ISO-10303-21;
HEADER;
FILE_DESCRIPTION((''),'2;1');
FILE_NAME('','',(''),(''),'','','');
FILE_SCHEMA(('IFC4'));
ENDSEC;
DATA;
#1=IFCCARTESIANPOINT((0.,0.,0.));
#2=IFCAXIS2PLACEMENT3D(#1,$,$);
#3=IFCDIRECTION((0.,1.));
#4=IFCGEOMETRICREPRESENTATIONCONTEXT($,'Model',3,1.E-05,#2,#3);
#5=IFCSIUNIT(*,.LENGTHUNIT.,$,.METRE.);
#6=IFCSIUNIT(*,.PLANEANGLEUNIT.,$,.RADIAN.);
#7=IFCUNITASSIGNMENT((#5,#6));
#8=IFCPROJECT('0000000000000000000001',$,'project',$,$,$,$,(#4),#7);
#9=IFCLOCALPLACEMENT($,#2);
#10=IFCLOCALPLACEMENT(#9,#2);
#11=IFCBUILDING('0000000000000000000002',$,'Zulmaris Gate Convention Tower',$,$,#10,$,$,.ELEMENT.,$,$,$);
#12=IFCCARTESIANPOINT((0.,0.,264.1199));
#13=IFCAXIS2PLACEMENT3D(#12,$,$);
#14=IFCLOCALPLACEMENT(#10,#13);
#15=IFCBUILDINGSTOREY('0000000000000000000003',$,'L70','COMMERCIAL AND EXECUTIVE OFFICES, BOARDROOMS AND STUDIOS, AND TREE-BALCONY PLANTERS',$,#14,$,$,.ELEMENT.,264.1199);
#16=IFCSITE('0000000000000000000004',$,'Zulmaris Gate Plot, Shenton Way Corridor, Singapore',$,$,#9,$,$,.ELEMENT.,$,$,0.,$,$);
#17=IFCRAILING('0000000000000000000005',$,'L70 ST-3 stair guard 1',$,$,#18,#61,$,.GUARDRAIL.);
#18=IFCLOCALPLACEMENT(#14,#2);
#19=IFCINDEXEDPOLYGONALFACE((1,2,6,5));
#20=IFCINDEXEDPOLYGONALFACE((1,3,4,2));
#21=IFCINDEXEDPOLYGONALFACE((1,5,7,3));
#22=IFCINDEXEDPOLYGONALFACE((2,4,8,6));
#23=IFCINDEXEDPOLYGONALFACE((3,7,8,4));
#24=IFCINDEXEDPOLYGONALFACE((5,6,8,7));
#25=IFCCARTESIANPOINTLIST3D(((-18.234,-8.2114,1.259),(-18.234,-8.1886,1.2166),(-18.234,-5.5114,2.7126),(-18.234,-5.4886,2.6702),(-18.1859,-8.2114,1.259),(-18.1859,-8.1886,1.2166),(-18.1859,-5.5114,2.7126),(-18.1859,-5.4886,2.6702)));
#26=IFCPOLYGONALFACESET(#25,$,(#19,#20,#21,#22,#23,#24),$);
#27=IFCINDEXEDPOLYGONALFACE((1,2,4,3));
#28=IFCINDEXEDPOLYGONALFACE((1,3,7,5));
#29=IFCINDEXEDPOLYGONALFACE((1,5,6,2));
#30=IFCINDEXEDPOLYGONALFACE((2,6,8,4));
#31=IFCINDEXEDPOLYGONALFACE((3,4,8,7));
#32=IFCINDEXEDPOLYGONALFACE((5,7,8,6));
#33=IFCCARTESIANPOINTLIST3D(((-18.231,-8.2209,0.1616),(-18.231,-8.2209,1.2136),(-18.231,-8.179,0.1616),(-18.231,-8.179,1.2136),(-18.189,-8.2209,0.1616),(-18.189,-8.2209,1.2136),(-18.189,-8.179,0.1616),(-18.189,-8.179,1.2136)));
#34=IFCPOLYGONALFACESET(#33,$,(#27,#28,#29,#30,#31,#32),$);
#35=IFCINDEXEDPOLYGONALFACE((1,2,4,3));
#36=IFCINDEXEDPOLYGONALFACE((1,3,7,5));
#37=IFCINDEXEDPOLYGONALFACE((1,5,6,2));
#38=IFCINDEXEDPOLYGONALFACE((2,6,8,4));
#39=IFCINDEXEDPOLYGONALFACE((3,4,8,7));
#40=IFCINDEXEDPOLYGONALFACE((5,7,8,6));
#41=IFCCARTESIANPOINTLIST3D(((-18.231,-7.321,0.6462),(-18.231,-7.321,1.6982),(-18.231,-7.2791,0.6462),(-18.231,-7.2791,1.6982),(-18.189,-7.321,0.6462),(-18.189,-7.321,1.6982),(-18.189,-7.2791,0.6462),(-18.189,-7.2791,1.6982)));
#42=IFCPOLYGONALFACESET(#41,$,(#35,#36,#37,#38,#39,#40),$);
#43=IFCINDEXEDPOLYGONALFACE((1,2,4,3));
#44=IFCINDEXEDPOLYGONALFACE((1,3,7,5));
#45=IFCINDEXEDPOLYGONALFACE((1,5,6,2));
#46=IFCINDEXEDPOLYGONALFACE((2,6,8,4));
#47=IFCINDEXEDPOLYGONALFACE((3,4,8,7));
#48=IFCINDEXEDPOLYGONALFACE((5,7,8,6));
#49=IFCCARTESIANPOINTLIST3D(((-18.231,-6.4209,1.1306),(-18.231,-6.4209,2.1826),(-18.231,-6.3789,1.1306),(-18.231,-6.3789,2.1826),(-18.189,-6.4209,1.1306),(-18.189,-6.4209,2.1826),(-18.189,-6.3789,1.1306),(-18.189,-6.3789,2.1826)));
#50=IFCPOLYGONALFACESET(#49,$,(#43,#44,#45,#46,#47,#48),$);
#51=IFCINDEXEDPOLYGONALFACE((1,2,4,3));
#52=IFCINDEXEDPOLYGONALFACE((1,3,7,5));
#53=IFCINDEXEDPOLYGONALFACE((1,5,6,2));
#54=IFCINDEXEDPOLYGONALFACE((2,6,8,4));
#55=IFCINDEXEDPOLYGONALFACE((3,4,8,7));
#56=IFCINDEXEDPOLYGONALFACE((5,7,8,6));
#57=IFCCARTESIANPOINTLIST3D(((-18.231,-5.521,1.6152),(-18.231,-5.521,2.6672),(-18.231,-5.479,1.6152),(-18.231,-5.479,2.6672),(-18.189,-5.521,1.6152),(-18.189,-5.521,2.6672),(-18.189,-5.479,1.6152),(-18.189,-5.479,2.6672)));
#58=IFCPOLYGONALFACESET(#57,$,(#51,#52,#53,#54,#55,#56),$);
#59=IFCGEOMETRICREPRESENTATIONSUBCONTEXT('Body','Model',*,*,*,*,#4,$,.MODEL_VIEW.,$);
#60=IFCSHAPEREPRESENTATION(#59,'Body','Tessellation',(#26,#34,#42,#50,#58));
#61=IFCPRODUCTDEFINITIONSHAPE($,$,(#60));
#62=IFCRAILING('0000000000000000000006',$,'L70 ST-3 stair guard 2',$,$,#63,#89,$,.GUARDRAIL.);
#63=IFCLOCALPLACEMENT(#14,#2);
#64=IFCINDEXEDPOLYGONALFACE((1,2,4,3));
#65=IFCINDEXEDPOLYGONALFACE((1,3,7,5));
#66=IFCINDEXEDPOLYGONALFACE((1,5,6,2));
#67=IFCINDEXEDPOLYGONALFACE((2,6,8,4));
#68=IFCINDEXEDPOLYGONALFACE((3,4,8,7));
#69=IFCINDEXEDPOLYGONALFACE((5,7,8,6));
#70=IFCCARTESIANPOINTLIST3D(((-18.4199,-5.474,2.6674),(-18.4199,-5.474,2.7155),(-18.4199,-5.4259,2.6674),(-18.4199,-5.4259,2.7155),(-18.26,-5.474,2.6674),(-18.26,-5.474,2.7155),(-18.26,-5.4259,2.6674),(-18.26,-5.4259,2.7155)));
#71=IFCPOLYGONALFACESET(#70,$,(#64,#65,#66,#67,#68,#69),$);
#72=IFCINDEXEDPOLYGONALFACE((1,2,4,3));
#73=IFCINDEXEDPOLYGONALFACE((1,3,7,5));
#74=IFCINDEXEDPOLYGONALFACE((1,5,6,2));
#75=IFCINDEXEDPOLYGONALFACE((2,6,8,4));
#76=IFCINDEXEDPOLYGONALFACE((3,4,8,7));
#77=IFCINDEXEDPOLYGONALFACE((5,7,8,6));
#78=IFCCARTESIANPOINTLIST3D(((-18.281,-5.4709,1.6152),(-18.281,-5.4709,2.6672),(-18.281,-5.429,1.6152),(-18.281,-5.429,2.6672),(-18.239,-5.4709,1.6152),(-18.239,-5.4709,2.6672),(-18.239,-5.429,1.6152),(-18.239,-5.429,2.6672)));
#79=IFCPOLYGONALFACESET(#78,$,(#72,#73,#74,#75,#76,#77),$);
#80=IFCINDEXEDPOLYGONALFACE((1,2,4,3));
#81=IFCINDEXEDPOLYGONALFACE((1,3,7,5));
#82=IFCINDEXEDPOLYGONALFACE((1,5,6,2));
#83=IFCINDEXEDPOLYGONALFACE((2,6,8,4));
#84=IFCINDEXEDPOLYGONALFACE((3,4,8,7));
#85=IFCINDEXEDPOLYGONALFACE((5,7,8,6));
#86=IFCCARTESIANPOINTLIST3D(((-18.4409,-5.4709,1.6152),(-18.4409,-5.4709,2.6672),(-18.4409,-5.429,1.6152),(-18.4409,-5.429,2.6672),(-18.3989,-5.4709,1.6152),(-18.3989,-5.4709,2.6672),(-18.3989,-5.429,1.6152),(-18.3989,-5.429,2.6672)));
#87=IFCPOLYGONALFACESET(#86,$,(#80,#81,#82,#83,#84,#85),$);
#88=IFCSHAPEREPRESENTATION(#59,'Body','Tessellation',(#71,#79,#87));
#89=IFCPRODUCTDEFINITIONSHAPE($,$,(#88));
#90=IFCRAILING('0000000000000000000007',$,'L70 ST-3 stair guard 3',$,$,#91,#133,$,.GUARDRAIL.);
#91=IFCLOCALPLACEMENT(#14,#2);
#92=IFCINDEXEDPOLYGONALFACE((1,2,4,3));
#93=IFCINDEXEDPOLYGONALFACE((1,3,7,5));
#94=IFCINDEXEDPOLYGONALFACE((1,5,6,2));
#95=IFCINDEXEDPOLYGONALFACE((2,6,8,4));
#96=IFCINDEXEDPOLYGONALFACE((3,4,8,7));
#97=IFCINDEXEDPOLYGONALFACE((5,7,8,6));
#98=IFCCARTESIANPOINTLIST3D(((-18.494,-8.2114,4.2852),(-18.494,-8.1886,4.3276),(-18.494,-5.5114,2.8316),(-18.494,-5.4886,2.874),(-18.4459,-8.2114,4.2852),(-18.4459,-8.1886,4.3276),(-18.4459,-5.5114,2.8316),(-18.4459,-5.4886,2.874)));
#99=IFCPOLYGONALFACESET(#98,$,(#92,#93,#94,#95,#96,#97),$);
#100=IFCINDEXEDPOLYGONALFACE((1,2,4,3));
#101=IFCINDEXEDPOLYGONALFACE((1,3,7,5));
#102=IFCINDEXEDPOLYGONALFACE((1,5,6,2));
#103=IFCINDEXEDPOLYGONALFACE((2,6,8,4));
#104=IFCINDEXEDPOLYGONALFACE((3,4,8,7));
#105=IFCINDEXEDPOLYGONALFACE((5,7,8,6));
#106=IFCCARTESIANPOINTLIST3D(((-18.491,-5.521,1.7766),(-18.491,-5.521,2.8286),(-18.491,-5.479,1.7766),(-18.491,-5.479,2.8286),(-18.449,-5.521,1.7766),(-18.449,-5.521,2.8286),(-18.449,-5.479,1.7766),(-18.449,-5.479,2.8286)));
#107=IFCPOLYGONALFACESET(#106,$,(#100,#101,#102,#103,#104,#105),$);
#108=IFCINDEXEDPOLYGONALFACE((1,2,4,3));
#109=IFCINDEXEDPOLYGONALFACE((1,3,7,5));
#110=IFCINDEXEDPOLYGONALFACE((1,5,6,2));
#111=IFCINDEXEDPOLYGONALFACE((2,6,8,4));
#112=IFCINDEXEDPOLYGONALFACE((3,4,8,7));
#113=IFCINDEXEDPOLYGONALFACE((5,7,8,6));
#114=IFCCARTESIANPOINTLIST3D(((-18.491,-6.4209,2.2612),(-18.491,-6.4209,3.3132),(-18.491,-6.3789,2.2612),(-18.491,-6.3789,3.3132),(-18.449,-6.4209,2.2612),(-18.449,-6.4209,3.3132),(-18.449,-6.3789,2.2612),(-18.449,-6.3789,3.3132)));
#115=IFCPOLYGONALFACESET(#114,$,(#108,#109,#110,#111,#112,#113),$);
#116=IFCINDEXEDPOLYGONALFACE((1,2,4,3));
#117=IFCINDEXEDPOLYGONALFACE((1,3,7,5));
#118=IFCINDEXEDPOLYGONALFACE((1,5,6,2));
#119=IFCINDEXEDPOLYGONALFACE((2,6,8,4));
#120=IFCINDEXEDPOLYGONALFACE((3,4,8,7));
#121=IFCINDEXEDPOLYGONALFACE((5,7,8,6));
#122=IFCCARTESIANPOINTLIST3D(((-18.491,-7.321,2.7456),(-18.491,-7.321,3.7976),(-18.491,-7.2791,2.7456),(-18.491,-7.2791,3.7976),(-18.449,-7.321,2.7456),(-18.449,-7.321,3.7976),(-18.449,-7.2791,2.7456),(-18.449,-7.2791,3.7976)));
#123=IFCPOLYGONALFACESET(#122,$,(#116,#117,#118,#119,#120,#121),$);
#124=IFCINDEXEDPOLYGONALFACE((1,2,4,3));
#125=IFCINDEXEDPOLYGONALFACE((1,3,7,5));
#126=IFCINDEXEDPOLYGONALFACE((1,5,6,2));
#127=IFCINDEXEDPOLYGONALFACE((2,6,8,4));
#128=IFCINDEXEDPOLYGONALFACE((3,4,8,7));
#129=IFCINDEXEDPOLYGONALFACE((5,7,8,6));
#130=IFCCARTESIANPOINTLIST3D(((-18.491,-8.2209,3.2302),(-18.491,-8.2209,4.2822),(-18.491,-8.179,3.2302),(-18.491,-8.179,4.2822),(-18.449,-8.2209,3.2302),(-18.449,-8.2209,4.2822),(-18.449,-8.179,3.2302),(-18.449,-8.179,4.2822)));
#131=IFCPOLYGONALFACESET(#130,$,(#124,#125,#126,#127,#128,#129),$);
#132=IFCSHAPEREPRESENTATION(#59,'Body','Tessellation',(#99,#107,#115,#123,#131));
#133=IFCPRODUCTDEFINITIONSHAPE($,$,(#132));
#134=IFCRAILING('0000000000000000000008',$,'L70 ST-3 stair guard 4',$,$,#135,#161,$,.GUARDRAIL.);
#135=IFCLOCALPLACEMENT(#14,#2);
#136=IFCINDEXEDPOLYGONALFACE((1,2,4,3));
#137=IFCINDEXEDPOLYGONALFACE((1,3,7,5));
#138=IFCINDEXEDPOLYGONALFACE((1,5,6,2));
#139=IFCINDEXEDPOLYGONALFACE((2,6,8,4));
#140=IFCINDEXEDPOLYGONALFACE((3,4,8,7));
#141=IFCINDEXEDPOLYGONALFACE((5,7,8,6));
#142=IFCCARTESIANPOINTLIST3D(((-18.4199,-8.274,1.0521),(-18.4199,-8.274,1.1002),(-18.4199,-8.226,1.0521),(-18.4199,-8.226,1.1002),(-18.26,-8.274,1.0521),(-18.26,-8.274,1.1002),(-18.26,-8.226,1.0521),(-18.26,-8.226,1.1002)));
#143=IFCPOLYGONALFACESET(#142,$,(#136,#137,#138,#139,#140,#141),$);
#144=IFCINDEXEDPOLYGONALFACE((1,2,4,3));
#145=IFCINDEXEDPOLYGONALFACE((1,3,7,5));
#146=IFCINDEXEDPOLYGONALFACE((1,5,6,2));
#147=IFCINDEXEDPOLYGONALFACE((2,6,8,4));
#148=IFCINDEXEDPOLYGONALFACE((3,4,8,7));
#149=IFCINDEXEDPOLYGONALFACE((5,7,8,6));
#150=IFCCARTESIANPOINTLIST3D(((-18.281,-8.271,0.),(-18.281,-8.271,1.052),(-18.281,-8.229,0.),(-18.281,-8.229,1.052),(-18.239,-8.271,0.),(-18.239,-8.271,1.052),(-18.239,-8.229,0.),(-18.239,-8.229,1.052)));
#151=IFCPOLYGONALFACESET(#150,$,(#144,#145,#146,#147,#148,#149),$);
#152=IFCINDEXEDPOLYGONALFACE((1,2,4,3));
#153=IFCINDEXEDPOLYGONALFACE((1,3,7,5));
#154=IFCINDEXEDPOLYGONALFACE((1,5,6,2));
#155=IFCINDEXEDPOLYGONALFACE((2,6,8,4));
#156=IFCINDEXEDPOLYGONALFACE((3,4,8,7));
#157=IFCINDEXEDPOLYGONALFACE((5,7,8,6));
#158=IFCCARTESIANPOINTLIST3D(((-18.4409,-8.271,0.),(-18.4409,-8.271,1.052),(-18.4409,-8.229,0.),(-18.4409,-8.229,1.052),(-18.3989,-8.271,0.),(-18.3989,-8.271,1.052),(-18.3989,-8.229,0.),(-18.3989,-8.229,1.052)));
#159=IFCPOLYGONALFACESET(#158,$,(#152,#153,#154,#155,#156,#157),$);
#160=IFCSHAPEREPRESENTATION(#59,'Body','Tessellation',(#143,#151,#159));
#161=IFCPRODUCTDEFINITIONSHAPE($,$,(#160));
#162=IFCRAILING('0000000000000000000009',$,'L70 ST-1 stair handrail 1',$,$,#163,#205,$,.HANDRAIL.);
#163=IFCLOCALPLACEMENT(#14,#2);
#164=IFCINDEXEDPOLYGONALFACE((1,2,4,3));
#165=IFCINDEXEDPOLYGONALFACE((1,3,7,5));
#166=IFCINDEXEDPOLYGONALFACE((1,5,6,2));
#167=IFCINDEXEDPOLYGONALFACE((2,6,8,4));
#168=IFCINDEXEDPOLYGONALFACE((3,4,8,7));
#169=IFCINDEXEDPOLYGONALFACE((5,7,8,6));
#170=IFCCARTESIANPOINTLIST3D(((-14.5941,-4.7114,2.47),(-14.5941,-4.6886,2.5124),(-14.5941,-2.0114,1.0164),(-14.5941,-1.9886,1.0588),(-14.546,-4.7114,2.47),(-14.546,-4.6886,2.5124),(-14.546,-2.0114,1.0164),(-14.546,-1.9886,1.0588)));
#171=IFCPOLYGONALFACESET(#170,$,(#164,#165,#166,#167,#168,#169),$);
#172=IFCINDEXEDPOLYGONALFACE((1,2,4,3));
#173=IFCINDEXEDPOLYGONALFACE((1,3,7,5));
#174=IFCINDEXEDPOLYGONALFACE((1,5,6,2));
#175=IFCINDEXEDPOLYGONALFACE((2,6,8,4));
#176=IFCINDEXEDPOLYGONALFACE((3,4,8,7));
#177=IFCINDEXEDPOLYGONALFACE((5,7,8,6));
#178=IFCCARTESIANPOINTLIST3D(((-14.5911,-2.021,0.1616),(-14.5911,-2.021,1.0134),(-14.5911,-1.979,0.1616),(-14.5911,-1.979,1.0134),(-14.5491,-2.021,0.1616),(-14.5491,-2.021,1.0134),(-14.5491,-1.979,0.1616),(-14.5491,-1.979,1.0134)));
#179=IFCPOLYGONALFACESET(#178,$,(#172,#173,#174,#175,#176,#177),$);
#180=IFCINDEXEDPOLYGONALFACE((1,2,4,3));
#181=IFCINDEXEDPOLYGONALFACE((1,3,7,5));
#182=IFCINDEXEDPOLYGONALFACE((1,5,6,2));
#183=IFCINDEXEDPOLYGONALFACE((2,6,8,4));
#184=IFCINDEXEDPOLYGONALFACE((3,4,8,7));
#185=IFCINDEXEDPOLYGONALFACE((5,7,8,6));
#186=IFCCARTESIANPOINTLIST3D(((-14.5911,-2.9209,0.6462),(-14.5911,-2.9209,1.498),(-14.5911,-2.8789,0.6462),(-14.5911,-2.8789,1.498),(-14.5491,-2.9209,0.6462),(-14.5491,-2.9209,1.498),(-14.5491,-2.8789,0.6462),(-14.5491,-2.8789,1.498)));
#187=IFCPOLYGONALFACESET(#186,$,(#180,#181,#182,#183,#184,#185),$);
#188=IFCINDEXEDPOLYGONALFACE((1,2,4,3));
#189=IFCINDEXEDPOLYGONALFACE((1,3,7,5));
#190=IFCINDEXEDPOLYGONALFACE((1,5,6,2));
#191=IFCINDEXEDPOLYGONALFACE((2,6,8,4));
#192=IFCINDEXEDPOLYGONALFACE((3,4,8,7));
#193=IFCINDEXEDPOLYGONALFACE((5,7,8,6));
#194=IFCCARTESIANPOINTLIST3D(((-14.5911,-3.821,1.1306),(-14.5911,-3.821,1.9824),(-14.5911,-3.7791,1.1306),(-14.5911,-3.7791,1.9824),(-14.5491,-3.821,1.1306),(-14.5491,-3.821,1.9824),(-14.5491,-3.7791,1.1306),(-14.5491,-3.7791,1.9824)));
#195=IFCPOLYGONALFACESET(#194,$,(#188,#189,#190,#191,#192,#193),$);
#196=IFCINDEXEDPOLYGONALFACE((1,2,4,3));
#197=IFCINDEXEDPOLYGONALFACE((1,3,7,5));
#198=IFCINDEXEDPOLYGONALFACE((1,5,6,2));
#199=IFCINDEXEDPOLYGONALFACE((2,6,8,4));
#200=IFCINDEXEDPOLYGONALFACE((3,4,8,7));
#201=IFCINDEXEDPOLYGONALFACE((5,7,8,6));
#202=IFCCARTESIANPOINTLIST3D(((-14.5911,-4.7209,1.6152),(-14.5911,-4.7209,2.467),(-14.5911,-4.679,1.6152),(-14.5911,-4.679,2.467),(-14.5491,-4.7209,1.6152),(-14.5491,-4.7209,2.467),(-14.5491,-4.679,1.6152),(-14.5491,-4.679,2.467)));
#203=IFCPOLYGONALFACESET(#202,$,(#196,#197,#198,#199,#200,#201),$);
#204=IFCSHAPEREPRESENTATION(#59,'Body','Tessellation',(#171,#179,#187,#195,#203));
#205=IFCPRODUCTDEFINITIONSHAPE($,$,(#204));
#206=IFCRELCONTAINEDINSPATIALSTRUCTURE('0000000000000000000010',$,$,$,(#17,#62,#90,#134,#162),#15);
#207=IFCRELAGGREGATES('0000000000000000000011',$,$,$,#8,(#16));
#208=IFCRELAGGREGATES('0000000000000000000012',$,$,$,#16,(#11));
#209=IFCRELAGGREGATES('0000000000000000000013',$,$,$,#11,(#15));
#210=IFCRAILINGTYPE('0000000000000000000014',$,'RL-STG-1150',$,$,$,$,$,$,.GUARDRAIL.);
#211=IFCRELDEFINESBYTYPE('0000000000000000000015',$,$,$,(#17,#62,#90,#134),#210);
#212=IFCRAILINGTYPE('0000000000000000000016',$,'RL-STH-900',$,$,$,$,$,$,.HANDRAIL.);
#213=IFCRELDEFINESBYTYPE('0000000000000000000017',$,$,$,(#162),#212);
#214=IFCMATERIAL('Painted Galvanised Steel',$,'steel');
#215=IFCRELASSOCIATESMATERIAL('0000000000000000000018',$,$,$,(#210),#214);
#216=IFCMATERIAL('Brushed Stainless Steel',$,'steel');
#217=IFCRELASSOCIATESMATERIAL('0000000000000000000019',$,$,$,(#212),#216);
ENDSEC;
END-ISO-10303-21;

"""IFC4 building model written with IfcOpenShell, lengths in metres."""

from ifc_helpers import new_model, si_unit, direction, frame, origin, origin_2d, place, context, subcontext, project, spatial, rectangle, extrude, material, type_object, element, save


model = new_model("IFC4")

# Units and contexts
model_context = context("Model", 3, precision=1e-05, world=origin(), true_north=direction((0.0, 1.0)))
body_context = subcontext(model_context, "Body", "Model", "MODEL_VIEW")
ifc_project = project(units=[si_unit("LENGTHUNIT", "METRE"), si_unit("PLANEANGLEUNIT", "RADIAN")], contexts=[model_context])

# Site, building, storey
site_placement = place(None, origin())
site = spatial("IfcSite", under=ifc_project, at=site_placement, Name="Zulmaris Gate Plot, Shenton Way Corridor, Singapore", CompositionType="ELEMENT", RefElevation=0.0)
building_placement = place(site_placement, origin())
building = spatial("IfcBuilding", under=site, at=building_placement, Name="Zulmaris Gate Convention Tower", CompositionType="ELEMENT")
storey_placement = place(building_placement, frame((0.0, 0.0, 264.1199)))
storey = spatial("IfcBuildingStorey", under=building, at=storey_placement, Name="L70", Description="COMMERCIAL AND EXECUTIVE OFFICES, BOARDROOMS AND STUDIOS, AND TREE-BALCONY PLANTERS", CompositionType="ELEMENT", Elevation=264.1199)

# Shared definitions
ifc_material_1 = material(Name="Brushed Stainless Steel", Category="steel")

# Railings
ifc_material_2 = material(Name="Painted Galvanised Steel", Category="steel")
railing_type_1 = type_object("IfcRailingType", Name="RL-STG-1150", PredefinedType="GUARDRAIL", material=ifc_material_2)
railing_1_placement = place(storey_placement, frame((-18.21, -8.2, 0.1616)))
element("IfcRailing", 1, at=railing_1_placement, inside=storey, type_object=railing_type_1, Name="L70 ST-3 stair guard 1", PredefinedType="GUARDRAIL", context=body_context, shape_type="SweptSolid", body=[
    extrude(rectangle(XDim=0.0481, YDim=0.0481, at=origin_2d()), frame((0.0, 0.0, 1.0762), z_axis=(0.0, 0.880499, 0.474048), x_axis=(-1.0, 0.0, 0.0)), (0.0, 0.0, 1.0), 3.0664),
    extrude(rectangle(XDim=0.042, YDim=0.042, at=origin_2d()), origin(), (0.0, 0.0, 1.0), 1.052),
    extrude(rectangle(XDim=0.042, YDim=0.042, at=origin_2d()), frame((0.0, 0.8999, 0.4846)), (0.0, 0.0, 1.0), 1.052),
    extrude(rectangle(XDim=0.042, YDim=0.042, at=origin_2d()), frame((0.0, 1.8, 0.969)), (0.0, 0.0, 1.0), 1.052),
    extrude(rectangle(XDim=0.042, YDim=0.042, at=origin_2d()), frame((0.0, 2.7, 1.4536)), (0.0, 0.0, 1.0), 1.052),
])
railing_2_placement = place(storey_placement, frame((-18.26, -5.45, 1.6152)))
element("IfcRailing", 2, at=railing_2_placement, inside=storey, type_object=railing_type_1, Name="L70 ST-3 stair guard 2", PredefinedType="GUARDRAIL", context=body_context, shape_type="SweptSolid", body=[
    extrude(rectangle(XDim=0.0481, YDim=0.0481, at=origin_2d()), frame((0.0, 0.0, 1.0762), z_axis=(-1.0, 0.0, 0.0), x_axis=(0.0, -1.0, 0.0)), (0.0, 0.0, 1.0), 0.1599),
    extrude(rectangle(XDim=0.042, YDim=0.042, at=origin_2d()), origin(), (0.0, 0.0, 1.0), 1.052),
    extrude(rectangle(XDim=0.042, YDim=0.042, at=origin_2d()), frame((-0.1599, 0.0, 0.0)), (0.0, 0.0, 1.0), 1.052),
])
railing_3_placement = place(storey_placement, frame((-18.47, -5.5, 1.7766)))
element("IfcRailing", 3, at=railing_3_placement, inside=storey, type_object=railing_type_1, Name="L70 ST-3 stair guard 3", PredefinedType="GUARDRAIL", context=body_context, shape_type="SweptSolid", body=[
    extrude(rectangle(XDim=0.0481, YDim=0.0481, at=origin_2d()), frame((0.0, 0.0, 1.0762), z_axis=(0.0, -0.880499, 0.474048), x_axis=(1.0, 0.0, 0.0)), (0.0, 0.0, 1.0), 3.0664),
    extrude(rectangle(XDim=0.042, YDim=0.042, at=origin_2d()), origin(), (0.0, 0.0, 1.0), 1.052),
    extrude(rectangle(XDim=0.042, YDim=0.042, at=origin_2d()), frame((0.0, -0.8999, 0.4846)), (0.0, 0.0, 1.0), 1.052),
    extrude(rectangle(XDim=0.042, YDim=0.042, at=origin_2d()), frame((0.0, -1.8, 0.969)), (0.0, 0.0, 1.0), 1.052),
    extrude(rectangle(XDim=0.042, YDim=0.042, at=origin_2d()), frame((0.0, -2.7, 1.4536)), (0.0, 0.0, 1.0), 1.052),
])
railing_4_placement = place(storey_placement, frame((-18.26, -8.25, 0.0)))
element("IfcRailing", 4, at=railing_4_placement, inside=storey, type_object=railing_type_1, Name="L70 ST-3 stair guard 4", PredefinedType="GUARDRAIL", context=body_context, shape_type="SweptSolid", body=[
    extrude(rectangle(XDim=0.0481, YDim=0.0481, at=origin_2d()), frame((0.0, 0.0, 1.0762), z_axis=(-1.0, 0.0, 0.0), x_axis=(0.0, -1.0, 0.0)), (0.0, 0.0, 1.0), 0.1599),
    extrude(rectangle(XDim=0.042, YDim=0.042, at=origin_2d()), origin(), (0.0, 0.0, 1.0), 1.052),
    extrude(rectangle(XDim=0.042, YDim=0.042, at=origin_2d()), frame((-0.1599, 0.0, 0.0)), (0.0, 0.0, 1.0), 1.052),
])
railing_type_2 = type_object("IfcRailingType", Name="RL-STH-900", PredefinedType="HANDRAIL", material=ifc_material_1)
railing_5_placement = place(storey_placement, frame((-14.5701, -2.0, 0.1616)))
element("IfcRailing", 5, at=railing_5_placement, inside=storey, type_object=railing_type_2, Name="L70 ST-1 stair handrail 1", PredefinedType="HANDRAIL", context=body_context, shape_type="SweptSolid", body=[
    extrude(rectangle(XDim=0.0481, YDim=0.0481, at=origin_2d()), frame((0.0, 0.0, 0.876), z_axis=(0.0, -0.880499, 0.474048), x_axis=(1.0, 0.0, 0.0)), (0.0, 0.0, 1.0), 3.0664),
    extrude(rectangle(XDim=0.042, YDim=0.042, at=origin_2d()), origin(), (0.0, 0.0, 1.0), 0.8518),
    extrude(rectangle(XDim=0.042, YDim=0.042, at=origin_2d()), frame((0.0, -0.8999, 0.4846)), (0.0, 0.0, 1.0), 0.8518),
    extrude(rectangle(XDim=0.042, YDim=0.042, at=origin_2d()), frame((0.0, -1.8, 0.969)), (0.0, 0.0, 1.0), 0.8518),
    extrude(rectangle(XDim=0.042, YDim=0.042, at=origin_2d()), frame((0.0, -2.7, 1.4536)), (0.0, 0.0, 1.0), 0.8518),
])

save(model, "model.ifc")
